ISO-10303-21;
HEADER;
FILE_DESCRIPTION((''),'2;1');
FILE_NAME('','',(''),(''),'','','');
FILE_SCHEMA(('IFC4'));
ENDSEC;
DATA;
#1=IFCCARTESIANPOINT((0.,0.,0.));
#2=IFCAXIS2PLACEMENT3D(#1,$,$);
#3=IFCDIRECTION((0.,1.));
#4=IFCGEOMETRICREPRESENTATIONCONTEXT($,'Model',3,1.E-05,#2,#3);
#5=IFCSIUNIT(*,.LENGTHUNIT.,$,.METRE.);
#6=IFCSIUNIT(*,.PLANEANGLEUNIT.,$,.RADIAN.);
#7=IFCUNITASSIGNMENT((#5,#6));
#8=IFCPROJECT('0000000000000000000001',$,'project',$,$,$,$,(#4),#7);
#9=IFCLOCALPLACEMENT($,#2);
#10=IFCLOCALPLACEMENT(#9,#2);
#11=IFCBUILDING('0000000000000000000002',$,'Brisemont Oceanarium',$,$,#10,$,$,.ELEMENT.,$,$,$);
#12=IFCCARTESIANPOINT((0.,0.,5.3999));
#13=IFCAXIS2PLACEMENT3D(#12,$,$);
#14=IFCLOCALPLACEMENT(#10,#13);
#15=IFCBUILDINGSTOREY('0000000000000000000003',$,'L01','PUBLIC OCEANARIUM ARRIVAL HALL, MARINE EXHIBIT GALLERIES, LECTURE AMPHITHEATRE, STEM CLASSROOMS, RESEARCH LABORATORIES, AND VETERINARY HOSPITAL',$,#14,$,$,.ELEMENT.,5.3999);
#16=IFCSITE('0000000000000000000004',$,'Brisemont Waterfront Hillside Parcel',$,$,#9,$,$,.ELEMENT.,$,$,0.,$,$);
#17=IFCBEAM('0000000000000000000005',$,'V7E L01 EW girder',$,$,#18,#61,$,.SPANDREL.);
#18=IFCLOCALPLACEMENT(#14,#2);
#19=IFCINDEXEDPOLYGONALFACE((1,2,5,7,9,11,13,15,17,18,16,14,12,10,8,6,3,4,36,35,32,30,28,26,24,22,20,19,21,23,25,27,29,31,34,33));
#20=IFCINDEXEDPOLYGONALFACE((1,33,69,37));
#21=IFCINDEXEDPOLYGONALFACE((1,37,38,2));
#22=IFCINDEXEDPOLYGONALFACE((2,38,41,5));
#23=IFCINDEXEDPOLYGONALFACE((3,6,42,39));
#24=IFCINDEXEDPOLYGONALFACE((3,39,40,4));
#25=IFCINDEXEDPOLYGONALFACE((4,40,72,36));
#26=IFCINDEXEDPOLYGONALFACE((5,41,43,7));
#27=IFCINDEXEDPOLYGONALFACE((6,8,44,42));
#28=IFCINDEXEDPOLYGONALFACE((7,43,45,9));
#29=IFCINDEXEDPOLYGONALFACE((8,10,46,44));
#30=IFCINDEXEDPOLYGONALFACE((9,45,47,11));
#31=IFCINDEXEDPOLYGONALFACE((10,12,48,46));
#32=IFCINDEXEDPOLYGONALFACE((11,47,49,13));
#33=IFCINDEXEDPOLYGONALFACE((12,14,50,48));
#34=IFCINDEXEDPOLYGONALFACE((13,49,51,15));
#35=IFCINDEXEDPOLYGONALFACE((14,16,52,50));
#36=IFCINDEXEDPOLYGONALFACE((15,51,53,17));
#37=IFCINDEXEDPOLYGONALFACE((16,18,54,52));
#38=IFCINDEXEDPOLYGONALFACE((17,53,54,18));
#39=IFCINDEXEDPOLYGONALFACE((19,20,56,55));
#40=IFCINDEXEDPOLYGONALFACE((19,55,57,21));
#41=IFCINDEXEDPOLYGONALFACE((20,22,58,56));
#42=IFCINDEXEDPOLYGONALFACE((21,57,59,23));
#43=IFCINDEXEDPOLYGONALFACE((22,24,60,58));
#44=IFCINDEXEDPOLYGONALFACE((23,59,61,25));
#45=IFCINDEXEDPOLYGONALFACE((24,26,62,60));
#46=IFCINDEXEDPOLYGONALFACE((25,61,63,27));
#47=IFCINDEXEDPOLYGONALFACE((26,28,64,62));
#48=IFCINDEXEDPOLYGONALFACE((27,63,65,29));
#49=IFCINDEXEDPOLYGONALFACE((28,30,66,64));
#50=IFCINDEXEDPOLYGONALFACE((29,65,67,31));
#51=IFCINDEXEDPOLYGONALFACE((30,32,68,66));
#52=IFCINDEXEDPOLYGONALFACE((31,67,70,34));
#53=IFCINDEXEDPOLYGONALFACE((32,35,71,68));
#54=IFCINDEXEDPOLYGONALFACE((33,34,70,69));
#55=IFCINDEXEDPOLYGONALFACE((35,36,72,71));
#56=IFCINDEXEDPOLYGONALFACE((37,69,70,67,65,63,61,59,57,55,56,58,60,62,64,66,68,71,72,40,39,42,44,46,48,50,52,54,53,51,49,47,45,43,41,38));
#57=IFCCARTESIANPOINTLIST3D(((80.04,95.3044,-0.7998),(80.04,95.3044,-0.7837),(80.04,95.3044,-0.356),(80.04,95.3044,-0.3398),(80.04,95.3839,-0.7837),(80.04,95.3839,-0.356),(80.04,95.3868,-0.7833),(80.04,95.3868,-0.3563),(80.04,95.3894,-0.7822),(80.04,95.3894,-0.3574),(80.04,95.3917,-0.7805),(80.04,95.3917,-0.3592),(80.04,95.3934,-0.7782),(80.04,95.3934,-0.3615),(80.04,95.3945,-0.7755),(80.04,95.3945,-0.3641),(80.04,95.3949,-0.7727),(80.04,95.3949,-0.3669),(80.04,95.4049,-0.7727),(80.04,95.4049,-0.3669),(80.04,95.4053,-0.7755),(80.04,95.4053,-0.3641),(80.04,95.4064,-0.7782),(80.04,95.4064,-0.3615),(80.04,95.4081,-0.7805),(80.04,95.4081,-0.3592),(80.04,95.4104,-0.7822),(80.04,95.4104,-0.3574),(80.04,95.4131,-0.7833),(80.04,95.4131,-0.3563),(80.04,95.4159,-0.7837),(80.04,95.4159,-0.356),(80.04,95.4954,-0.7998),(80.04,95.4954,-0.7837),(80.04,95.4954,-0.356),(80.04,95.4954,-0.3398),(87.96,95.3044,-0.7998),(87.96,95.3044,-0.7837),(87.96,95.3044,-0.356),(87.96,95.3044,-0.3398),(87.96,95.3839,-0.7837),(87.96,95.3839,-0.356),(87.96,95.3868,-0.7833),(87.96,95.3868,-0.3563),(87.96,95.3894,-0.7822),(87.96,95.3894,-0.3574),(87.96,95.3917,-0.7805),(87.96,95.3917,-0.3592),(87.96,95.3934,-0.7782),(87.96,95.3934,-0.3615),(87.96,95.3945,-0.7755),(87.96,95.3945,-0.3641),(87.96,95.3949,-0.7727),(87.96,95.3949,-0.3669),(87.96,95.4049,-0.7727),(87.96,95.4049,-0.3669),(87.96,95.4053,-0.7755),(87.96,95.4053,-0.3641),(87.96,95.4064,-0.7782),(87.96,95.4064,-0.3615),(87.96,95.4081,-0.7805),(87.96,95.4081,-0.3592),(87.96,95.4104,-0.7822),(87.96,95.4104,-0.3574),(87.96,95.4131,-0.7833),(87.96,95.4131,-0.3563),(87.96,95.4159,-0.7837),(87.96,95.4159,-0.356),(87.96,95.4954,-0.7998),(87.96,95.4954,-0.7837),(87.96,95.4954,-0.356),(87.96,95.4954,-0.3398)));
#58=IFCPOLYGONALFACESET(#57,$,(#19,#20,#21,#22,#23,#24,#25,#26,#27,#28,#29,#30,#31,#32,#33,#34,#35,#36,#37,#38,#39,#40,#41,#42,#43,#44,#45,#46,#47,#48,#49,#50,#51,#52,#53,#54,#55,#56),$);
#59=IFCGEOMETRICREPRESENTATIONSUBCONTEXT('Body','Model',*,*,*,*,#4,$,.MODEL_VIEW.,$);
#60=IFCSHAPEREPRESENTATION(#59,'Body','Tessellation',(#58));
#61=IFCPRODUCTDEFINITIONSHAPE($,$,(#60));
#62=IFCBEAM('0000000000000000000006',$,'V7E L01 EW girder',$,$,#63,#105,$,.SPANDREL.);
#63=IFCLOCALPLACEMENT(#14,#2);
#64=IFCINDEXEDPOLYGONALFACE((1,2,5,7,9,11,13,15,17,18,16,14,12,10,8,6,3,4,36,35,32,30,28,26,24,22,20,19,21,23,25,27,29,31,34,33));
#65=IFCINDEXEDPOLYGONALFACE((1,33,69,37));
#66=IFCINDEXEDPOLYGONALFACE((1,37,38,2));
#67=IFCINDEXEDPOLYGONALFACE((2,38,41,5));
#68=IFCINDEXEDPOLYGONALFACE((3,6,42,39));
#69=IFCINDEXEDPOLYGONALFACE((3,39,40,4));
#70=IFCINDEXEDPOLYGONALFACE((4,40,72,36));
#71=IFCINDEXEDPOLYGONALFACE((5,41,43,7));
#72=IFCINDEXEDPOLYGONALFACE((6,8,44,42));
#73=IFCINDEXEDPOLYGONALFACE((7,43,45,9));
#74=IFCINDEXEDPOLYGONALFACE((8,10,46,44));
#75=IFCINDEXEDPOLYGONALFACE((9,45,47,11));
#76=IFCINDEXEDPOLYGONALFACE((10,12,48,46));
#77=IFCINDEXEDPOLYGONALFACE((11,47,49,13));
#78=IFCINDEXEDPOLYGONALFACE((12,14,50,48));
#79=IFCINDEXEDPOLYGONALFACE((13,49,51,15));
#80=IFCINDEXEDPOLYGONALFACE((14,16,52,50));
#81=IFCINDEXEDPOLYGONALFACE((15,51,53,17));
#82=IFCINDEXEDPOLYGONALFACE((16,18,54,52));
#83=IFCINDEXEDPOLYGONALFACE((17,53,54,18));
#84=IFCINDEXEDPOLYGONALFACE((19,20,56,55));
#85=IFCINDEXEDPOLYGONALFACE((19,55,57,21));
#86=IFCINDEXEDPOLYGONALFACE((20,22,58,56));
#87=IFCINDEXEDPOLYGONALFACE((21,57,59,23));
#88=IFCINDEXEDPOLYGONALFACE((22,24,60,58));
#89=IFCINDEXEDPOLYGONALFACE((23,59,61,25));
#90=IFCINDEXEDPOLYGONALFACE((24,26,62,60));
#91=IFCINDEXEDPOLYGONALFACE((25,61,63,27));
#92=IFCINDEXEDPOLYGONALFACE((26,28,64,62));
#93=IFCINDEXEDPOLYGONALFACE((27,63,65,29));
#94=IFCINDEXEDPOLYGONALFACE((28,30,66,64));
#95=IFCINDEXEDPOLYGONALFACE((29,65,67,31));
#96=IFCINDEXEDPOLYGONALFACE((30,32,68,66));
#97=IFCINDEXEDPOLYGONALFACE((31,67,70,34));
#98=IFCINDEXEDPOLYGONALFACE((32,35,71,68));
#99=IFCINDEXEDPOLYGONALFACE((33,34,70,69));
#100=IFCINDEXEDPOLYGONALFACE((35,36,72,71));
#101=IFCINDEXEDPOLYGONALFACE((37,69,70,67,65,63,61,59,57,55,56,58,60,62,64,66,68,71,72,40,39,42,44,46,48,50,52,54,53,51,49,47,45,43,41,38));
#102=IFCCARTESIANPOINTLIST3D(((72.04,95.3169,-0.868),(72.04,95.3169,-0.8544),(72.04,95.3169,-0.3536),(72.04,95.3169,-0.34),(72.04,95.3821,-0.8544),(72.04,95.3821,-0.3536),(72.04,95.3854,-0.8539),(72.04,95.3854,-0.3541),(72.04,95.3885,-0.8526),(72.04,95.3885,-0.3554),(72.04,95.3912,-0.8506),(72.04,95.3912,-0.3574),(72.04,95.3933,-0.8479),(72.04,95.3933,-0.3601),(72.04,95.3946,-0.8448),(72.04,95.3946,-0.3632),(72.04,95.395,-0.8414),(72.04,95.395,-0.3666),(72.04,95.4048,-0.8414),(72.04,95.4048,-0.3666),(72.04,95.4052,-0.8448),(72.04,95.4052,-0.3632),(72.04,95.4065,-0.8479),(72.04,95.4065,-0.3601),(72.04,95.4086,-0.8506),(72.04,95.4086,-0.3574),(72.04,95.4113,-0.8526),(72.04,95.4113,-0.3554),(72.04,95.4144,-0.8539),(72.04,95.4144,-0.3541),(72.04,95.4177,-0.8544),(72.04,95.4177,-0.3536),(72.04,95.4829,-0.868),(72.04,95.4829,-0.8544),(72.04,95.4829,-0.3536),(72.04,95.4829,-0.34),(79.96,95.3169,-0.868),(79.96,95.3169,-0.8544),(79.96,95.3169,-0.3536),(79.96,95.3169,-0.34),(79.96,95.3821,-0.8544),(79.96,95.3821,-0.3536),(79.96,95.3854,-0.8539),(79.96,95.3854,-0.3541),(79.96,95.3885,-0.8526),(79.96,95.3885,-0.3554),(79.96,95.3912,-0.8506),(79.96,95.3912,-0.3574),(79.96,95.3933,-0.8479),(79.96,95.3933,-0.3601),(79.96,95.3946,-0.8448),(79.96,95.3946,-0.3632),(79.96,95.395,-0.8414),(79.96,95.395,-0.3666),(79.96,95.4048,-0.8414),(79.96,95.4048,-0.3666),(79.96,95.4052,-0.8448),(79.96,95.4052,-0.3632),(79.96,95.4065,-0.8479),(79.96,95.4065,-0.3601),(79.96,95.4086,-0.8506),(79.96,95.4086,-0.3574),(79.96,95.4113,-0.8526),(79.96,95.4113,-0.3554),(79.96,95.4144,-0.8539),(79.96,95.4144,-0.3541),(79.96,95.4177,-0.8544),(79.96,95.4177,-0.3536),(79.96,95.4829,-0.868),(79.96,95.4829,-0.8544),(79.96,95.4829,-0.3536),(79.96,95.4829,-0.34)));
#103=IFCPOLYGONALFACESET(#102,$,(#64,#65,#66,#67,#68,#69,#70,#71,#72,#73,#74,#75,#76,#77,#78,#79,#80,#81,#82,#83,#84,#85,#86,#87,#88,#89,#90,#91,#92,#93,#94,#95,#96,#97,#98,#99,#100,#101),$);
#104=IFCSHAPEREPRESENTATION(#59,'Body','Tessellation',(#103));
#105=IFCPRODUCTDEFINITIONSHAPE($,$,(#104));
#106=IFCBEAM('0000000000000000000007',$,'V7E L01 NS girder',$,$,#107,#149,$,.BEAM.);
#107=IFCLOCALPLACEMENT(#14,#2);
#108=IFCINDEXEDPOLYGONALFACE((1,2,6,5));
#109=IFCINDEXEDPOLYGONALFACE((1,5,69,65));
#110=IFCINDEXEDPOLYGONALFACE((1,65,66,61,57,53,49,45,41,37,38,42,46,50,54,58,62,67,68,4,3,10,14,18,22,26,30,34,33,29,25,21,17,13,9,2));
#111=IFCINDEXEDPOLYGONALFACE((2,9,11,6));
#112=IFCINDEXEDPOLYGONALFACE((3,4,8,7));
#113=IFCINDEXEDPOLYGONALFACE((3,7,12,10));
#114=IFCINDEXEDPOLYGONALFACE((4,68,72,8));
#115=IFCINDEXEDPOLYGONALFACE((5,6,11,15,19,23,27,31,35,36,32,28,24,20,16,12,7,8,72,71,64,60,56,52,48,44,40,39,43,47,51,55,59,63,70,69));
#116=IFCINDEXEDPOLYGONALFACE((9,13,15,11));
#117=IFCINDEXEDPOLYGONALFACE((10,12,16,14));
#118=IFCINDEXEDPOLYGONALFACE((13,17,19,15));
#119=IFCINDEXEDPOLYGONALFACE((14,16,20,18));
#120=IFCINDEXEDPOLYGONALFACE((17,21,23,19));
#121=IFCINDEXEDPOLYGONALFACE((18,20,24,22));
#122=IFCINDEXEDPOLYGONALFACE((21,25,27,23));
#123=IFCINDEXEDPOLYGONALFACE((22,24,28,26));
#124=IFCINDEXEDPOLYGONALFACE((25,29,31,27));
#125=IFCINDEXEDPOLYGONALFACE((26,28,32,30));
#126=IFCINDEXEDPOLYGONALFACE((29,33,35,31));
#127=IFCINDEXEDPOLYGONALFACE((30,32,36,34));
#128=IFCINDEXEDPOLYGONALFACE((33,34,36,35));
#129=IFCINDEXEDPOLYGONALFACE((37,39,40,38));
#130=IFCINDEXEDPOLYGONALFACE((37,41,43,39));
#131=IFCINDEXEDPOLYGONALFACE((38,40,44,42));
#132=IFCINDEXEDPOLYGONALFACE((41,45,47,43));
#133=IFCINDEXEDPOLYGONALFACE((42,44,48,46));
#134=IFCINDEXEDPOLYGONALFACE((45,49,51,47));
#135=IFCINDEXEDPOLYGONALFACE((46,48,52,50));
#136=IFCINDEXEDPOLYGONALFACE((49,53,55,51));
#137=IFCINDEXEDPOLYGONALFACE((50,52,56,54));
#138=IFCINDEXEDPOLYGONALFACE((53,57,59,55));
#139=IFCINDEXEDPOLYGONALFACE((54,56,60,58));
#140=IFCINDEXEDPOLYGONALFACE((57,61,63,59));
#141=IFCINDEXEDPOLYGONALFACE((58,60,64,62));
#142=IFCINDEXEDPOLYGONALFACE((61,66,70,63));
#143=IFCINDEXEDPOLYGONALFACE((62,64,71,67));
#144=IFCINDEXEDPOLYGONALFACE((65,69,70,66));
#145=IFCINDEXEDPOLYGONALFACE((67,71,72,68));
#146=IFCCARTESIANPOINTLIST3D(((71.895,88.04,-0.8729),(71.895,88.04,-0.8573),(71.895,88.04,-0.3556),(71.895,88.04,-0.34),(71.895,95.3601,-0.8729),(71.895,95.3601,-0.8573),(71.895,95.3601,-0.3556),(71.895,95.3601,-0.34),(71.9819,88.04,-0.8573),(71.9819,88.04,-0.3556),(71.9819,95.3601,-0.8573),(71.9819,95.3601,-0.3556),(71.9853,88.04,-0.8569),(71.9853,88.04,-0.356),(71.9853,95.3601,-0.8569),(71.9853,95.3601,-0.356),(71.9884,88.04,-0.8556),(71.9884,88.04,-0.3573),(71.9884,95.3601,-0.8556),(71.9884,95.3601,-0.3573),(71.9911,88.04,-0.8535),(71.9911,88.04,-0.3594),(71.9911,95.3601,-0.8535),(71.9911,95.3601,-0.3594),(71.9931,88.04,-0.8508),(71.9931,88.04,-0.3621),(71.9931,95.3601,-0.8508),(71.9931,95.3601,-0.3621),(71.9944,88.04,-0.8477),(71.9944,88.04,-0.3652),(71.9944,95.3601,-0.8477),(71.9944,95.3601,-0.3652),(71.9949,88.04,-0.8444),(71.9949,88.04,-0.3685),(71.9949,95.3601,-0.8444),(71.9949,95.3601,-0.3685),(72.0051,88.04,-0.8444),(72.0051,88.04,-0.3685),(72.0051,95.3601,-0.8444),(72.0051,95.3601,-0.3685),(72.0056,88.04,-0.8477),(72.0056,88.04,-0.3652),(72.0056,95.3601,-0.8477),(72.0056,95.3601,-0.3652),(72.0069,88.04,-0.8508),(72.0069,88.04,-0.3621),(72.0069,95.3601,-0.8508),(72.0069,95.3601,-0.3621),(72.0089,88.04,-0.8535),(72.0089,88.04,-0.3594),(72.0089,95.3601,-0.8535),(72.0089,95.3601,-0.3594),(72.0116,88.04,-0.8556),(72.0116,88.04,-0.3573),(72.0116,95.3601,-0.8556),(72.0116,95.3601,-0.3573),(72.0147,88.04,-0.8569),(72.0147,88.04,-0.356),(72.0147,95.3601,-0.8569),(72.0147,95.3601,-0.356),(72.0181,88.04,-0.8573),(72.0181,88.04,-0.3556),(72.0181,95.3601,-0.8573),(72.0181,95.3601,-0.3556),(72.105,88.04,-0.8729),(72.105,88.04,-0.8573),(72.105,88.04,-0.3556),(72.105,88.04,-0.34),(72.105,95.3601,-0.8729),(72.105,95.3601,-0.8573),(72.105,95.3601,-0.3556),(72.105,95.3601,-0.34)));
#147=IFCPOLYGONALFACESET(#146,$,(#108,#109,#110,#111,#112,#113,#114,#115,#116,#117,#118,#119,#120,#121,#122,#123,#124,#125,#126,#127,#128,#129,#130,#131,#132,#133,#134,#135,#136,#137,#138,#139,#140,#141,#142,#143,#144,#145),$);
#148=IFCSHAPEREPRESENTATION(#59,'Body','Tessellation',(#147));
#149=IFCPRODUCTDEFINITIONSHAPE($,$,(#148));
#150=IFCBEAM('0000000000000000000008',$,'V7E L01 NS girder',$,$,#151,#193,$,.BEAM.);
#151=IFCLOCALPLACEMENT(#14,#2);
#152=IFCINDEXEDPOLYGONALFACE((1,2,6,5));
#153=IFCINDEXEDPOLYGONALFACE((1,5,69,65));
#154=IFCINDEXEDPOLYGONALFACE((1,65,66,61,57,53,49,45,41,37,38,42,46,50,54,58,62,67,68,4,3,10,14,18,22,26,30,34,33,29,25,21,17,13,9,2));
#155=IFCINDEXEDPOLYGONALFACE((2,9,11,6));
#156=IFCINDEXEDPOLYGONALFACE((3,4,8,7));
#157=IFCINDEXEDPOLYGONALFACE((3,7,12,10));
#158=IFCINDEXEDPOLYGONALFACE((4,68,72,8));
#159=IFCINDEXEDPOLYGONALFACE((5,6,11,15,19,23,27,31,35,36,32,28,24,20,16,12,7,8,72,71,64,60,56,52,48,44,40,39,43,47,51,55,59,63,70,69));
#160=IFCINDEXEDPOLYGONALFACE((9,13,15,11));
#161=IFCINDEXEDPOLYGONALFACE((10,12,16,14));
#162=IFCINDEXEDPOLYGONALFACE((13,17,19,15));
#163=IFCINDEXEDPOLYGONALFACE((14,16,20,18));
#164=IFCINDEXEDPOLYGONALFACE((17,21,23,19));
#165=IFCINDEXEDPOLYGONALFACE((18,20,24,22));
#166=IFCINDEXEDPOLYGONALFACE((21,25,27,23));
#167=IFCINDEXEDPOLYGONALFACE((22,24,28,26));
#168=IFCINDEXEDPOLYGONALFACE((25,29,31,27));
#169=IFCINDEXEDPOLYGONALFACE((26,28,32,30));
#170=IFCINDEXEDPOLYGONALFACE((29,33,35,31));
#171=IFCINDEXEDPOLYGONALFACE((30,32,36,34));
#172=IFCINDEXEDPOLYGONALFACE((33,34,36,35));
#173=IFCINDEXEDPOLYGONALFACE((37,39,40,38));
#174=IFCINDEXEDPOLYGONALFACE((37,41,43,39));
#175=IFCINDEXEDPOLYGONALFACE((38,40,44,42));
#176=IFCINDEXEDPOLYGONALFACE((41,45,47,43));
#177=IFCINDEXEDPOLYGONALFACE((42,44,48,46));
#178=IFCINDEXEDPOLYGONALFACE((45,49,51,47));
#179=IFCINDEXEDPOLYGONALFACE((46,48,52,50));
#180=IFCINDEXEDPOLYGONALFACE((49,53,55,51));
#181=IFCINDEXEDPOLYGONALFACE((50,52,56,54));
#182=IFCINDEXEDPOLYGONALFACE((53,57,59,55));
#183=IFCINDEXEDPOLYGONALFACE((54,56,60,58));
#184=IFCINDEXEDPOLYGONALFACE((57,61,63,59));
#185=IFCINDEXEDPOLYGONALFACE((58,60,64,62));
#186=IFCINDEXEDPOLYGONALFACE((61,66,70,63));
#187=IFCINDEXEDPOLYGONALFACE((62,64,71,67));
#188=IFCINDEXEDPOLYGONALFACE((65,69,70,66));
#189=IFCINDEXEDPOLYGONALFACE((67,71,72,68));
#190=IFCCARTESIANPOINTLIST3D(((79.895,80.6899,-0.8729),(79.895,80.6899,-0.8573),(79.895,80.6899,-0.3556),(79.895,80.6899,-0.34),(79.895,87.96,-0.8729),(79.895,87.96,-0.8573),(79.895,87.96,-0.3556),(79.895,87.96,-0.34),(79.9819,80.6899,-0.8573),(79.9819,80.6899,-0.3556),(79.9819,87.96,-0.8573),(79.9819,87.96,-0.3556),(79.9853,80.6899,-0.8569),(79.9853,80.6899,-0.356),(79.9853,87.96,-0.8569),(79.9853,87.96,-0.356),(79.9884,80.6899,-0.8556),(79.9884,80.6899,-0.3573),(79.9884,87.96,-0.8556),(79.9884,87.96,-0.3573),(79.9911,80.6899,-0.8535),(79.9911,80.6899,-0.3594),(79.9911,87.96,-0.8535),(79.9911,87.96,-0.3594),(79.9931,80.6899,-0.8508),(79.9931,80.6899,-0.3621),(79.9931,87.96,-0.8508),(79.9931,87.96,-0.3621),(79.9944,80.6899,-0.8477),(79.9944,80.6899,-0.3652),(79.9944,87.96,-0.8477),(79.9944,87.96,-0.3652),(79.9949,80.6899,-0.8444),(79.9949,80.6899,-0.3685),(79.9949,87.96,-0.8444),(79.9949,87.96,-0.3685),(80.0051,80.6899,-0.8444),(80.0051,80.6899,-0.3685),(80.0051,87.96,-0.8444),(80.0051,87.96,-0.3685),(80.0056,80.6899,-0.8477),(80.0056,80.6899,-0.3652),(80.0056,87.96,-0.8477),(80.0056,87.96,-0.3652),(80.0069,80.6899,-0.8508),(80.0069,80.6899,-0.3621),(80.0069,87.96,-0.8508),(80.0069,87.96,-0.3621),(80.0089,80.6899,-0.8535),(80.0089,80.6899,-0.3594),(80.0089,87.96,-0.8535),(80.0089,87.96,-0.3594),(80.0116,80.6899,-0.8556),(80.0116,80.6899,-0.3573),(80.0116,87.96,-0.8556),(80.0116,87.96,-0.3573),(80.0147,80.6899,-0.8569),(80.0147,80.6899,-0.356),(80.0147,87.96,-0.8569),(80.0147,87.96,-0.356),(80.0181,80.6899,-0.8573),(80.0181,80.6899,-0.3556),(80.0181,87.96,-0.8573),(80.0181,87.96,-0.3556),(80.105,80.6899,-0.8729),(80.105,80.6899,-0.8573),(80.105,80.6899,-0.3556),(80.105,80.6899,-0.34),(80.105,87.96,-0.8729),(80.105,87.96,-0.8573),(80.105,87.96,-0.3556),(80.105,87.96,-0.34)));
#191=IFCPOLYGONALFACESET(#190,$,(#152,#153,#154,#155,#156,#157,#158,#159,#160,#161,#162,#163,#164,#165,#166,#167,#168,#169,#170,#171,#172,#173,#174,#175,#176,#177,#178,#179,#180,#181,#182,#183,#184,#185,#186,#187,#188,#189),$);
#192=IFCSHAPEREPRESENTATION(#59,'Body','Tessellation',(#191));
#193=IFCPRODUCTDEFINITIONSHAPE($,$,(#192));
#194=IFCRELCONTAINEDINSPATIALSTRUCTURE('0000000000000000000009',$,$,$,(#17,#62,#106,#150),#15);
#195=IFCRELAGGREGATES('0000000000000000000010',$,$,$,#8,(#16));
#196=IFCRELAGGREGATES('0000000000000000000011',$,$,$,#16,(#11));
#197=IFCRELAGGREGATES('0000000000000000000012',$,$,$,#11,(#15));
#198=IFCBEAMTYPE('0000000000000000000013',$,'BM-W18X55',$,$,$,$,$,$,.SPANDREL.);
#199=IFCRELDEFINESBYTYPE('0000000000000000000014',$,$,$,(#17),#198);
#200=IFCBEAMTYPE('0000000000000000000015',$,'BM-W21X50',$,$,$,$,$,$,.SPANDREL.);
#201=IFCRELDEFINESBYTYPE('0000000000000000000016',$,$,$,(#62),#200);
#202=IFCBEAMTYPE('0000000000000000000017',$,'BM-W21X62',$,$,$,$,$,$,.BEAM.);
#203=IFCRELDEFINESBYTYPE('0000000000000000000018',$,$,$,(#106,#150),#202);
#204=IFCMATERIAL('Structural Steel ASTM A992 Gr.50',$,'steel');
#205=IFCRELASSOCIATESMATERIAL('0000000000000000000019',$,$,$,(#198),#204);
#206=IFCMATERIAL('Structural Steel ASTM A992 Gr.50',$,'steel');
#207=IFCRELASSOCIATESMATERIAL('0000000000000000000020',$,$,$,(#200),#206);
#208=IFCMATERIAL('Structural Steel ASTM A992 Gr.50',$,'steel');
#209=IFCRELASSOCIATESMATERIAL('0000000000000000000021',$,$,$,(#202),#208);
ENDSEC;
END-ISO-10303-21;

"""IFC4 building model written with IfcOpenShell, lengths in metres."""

from ifc_helpers import new_model, si_unit, direction, frame, origin, origin_2d, place, context, subcontext, project, spatial, i_section, extrude, material, material_profile, profile_set, type_object, element, save


model = new_model("IFC4")

# Units and contexts
model_context = context("Model", 3, precision=1e-05, world=origin(), true_north=direction((0.0, 1.0)))
body_context = subcontext(model_context, "Body", "Model", "MODEL_VIEW")
ifc_project = project(units=[si_unit("LENGTHUNIT", "METRE"), si_unit("PLANEANGLEUNIT", "RADIAN")], contexts=[model_context])

# Site, building, storey
site_placement = place(None, origin())
site = spatial("IfcSite", under=ifc_project, at=site_placement, Name="Brisemont Waterfront Hillside Parcel", CompositionType="ELEMENT", RefElevation=0.0)
building_placement = place(site_placement, origin())
building = spatial("IfcBuilding", under=site, at=building_placement, Name="Brisemont Oceanarium", CompositionType="ELEMENT")
storey_placement = place(building_placement, frame((0.0, 0.0, 5.3999)))
storey = spatial("IfcBuildingStorey", under=building, at=storey_placement, Name="L01", Description="PUBLIC OCEANARIUM ARRIVAL HALL, MARINE EXHIBIT GALLERIES, LECTURE AMPHITHEATRE, STEM CLASSROOMS, RESEARCH LABORATORIES, AND VETERINARY HOSPITAL", CompositionType="ELEMENT", Elevation=5.3999)

# Beams
ifc_material_1 = material(Name="Structural Steel ASTM A992 Gr.50", Category="steel")
ifc_material_profile_1 = material_profile(ifc_material_1, i_section(OverallWidth=0.1909, OverallDepth=0.46, WebThickness=0.01, FlangeThickness=0.0161, FilletRadius=0.011, at=origin_2d()), Name="W18X55")
ifc_profile_set_1 = profile_set([ifc_material_profile_1], Name="Structural Steel ASTM A992 Gr.50")
beam_type_1 = type_object("IfcBeamType", Name="BM-W18X55", PredefinedType="SPANDREL", material=ifc_profile_set_1)
beam_1_placement = place(storey_placement, frame((80.04, 95.3999, -0.5698), z_axis=(1.0, 0.0, 0.0), x_axis=(0.0, 1.0, 0.0)))
element("IfcBeam", 1, at=beam_1_placement, inside=storey, type_object=beam_type_1, Name="V7E L01 EW girder", PredefinedType="SPANDREL", context=body_context, shape_type="SweptSolid", body=[
    extrude(i_section(OverallWidth=0.1909, OverallDepth=0.46, WebThickness=0.01, FlangeThickness=0.0161, FilletRadius=0.011, at=origin_2d()), origin(), (0.0, 0.0, 1.0), 7.9199),
])
ifc_material_2 = material(Name="Structural Steel ASTM A992 Gr.50", Category="steel")
ifc_material_profile_2 = material_profile(ifc_material_2, i_section(OverallWidth=0.166, OverallDepth=0.5281, WebThickness=0.0098, FlangeThickness=0.0137, FilletRadius=0.0129, at=origin_2d()), Name="W21X50")
ifc_profile_set_2 = profile_set([ifc_material_profile_2], Name="Structural Steel ASTM A992 Gr.50")
beam_type_2 = type_object("IfcBeamType", Name="BM-W21X50", PredefinedType="SPANDREL", material=ifc_profile_set_2)
beam_2_placement = place(storey_placement, frame((72.04, 95.3999, -0.604), z_axis=(1.0, 0.0, 0.0), x_axis=(0.0, 1.0, 0.0)))
element("IfcBeam", 2, at=beam_2_placement, inside=storey, type_object=beam_type_2, Name="V7E L01 EW girder", PredefinedType="SPANDREL", context=body_context, shape_type="SweptSolid", body=[
    extrude(i_section(OverallWidth=0.166, OverallDepth=0.5281, WebThickness=0.0098, FlangeThickness=0.0137, FilletRadius=0.0129, at=origin_2d()), origin(), (0.0, 0.0, 1.0), 7.9199),
])
ifc_material_3 = material(Name="Structural Steel ASTM A992 Gr.50", Category="steel")
ifc_material_profile_3 = material_profile(ifc_material_3, i_section(OverallWidth=0.21, OverallDepth=0.533, WebThickness=0.0103, FlangeThickness=0.0156, FilletRadius=0.0129, at=origin_2d()), Name="W21X62")
ifc_profile_set_3 = profile_set([ifc_material_profile_3], Name="Structural Steel ASTM A992 Gr.50")
beam_type_3 = type_object("IfcBeamType", Name="BM-W21X62", PredefinedType="BEAM", material=ifc_profile_set_3)
beam_3_placement = place(storey_placement, frame((72.0, 88.04, -0.6064), z_axis=(0.0, 1.0, 0.0), x_axis=(-1.0, 0.0, 0.0)))
element("IfcBeam", 3, at=beam_3_placement, inside=storey, type_object=beam_type_3, Name="V7E L01 NS girder", PredefinedType="BEAM", context=body_context, shape_type="SweptSolid", body=[
    extrude(i_section(OverallWidth=0.21, OverallDepth=0.533, WebThickness=0.0103, FlangeThickness=0.0156, FilletRadius=0.0129, at=origin_2d()), origin(), (0.0, 0.0, 1.0), 7.3201),
])
beam_4_placement = place(storey_placement, frame((80.0, 80.6899, -0.6064), z_axis=(0.0, 1.0, 0.0), x_axis=(-1.0, 0.0, 0.0)))
element("IfcBeam", 4, at=beam_4_placement, inside=storey, type_object=beam_type_3, Name="V7E L01 NS girder", PredefinedType="BEAM", context=body_context, shape_type="SweptSolid", body=[
    extrude(i_section(OverallWidth=0.21, OverallDepth=0.533, WebThickness=0.0103, FlangeThickness=0.0156, FilletRadius=0.0129, at=origin_2d()), origin(), (0.0, 0.0, 1.0), 7.27),
])

save(model, "model.ifc")
